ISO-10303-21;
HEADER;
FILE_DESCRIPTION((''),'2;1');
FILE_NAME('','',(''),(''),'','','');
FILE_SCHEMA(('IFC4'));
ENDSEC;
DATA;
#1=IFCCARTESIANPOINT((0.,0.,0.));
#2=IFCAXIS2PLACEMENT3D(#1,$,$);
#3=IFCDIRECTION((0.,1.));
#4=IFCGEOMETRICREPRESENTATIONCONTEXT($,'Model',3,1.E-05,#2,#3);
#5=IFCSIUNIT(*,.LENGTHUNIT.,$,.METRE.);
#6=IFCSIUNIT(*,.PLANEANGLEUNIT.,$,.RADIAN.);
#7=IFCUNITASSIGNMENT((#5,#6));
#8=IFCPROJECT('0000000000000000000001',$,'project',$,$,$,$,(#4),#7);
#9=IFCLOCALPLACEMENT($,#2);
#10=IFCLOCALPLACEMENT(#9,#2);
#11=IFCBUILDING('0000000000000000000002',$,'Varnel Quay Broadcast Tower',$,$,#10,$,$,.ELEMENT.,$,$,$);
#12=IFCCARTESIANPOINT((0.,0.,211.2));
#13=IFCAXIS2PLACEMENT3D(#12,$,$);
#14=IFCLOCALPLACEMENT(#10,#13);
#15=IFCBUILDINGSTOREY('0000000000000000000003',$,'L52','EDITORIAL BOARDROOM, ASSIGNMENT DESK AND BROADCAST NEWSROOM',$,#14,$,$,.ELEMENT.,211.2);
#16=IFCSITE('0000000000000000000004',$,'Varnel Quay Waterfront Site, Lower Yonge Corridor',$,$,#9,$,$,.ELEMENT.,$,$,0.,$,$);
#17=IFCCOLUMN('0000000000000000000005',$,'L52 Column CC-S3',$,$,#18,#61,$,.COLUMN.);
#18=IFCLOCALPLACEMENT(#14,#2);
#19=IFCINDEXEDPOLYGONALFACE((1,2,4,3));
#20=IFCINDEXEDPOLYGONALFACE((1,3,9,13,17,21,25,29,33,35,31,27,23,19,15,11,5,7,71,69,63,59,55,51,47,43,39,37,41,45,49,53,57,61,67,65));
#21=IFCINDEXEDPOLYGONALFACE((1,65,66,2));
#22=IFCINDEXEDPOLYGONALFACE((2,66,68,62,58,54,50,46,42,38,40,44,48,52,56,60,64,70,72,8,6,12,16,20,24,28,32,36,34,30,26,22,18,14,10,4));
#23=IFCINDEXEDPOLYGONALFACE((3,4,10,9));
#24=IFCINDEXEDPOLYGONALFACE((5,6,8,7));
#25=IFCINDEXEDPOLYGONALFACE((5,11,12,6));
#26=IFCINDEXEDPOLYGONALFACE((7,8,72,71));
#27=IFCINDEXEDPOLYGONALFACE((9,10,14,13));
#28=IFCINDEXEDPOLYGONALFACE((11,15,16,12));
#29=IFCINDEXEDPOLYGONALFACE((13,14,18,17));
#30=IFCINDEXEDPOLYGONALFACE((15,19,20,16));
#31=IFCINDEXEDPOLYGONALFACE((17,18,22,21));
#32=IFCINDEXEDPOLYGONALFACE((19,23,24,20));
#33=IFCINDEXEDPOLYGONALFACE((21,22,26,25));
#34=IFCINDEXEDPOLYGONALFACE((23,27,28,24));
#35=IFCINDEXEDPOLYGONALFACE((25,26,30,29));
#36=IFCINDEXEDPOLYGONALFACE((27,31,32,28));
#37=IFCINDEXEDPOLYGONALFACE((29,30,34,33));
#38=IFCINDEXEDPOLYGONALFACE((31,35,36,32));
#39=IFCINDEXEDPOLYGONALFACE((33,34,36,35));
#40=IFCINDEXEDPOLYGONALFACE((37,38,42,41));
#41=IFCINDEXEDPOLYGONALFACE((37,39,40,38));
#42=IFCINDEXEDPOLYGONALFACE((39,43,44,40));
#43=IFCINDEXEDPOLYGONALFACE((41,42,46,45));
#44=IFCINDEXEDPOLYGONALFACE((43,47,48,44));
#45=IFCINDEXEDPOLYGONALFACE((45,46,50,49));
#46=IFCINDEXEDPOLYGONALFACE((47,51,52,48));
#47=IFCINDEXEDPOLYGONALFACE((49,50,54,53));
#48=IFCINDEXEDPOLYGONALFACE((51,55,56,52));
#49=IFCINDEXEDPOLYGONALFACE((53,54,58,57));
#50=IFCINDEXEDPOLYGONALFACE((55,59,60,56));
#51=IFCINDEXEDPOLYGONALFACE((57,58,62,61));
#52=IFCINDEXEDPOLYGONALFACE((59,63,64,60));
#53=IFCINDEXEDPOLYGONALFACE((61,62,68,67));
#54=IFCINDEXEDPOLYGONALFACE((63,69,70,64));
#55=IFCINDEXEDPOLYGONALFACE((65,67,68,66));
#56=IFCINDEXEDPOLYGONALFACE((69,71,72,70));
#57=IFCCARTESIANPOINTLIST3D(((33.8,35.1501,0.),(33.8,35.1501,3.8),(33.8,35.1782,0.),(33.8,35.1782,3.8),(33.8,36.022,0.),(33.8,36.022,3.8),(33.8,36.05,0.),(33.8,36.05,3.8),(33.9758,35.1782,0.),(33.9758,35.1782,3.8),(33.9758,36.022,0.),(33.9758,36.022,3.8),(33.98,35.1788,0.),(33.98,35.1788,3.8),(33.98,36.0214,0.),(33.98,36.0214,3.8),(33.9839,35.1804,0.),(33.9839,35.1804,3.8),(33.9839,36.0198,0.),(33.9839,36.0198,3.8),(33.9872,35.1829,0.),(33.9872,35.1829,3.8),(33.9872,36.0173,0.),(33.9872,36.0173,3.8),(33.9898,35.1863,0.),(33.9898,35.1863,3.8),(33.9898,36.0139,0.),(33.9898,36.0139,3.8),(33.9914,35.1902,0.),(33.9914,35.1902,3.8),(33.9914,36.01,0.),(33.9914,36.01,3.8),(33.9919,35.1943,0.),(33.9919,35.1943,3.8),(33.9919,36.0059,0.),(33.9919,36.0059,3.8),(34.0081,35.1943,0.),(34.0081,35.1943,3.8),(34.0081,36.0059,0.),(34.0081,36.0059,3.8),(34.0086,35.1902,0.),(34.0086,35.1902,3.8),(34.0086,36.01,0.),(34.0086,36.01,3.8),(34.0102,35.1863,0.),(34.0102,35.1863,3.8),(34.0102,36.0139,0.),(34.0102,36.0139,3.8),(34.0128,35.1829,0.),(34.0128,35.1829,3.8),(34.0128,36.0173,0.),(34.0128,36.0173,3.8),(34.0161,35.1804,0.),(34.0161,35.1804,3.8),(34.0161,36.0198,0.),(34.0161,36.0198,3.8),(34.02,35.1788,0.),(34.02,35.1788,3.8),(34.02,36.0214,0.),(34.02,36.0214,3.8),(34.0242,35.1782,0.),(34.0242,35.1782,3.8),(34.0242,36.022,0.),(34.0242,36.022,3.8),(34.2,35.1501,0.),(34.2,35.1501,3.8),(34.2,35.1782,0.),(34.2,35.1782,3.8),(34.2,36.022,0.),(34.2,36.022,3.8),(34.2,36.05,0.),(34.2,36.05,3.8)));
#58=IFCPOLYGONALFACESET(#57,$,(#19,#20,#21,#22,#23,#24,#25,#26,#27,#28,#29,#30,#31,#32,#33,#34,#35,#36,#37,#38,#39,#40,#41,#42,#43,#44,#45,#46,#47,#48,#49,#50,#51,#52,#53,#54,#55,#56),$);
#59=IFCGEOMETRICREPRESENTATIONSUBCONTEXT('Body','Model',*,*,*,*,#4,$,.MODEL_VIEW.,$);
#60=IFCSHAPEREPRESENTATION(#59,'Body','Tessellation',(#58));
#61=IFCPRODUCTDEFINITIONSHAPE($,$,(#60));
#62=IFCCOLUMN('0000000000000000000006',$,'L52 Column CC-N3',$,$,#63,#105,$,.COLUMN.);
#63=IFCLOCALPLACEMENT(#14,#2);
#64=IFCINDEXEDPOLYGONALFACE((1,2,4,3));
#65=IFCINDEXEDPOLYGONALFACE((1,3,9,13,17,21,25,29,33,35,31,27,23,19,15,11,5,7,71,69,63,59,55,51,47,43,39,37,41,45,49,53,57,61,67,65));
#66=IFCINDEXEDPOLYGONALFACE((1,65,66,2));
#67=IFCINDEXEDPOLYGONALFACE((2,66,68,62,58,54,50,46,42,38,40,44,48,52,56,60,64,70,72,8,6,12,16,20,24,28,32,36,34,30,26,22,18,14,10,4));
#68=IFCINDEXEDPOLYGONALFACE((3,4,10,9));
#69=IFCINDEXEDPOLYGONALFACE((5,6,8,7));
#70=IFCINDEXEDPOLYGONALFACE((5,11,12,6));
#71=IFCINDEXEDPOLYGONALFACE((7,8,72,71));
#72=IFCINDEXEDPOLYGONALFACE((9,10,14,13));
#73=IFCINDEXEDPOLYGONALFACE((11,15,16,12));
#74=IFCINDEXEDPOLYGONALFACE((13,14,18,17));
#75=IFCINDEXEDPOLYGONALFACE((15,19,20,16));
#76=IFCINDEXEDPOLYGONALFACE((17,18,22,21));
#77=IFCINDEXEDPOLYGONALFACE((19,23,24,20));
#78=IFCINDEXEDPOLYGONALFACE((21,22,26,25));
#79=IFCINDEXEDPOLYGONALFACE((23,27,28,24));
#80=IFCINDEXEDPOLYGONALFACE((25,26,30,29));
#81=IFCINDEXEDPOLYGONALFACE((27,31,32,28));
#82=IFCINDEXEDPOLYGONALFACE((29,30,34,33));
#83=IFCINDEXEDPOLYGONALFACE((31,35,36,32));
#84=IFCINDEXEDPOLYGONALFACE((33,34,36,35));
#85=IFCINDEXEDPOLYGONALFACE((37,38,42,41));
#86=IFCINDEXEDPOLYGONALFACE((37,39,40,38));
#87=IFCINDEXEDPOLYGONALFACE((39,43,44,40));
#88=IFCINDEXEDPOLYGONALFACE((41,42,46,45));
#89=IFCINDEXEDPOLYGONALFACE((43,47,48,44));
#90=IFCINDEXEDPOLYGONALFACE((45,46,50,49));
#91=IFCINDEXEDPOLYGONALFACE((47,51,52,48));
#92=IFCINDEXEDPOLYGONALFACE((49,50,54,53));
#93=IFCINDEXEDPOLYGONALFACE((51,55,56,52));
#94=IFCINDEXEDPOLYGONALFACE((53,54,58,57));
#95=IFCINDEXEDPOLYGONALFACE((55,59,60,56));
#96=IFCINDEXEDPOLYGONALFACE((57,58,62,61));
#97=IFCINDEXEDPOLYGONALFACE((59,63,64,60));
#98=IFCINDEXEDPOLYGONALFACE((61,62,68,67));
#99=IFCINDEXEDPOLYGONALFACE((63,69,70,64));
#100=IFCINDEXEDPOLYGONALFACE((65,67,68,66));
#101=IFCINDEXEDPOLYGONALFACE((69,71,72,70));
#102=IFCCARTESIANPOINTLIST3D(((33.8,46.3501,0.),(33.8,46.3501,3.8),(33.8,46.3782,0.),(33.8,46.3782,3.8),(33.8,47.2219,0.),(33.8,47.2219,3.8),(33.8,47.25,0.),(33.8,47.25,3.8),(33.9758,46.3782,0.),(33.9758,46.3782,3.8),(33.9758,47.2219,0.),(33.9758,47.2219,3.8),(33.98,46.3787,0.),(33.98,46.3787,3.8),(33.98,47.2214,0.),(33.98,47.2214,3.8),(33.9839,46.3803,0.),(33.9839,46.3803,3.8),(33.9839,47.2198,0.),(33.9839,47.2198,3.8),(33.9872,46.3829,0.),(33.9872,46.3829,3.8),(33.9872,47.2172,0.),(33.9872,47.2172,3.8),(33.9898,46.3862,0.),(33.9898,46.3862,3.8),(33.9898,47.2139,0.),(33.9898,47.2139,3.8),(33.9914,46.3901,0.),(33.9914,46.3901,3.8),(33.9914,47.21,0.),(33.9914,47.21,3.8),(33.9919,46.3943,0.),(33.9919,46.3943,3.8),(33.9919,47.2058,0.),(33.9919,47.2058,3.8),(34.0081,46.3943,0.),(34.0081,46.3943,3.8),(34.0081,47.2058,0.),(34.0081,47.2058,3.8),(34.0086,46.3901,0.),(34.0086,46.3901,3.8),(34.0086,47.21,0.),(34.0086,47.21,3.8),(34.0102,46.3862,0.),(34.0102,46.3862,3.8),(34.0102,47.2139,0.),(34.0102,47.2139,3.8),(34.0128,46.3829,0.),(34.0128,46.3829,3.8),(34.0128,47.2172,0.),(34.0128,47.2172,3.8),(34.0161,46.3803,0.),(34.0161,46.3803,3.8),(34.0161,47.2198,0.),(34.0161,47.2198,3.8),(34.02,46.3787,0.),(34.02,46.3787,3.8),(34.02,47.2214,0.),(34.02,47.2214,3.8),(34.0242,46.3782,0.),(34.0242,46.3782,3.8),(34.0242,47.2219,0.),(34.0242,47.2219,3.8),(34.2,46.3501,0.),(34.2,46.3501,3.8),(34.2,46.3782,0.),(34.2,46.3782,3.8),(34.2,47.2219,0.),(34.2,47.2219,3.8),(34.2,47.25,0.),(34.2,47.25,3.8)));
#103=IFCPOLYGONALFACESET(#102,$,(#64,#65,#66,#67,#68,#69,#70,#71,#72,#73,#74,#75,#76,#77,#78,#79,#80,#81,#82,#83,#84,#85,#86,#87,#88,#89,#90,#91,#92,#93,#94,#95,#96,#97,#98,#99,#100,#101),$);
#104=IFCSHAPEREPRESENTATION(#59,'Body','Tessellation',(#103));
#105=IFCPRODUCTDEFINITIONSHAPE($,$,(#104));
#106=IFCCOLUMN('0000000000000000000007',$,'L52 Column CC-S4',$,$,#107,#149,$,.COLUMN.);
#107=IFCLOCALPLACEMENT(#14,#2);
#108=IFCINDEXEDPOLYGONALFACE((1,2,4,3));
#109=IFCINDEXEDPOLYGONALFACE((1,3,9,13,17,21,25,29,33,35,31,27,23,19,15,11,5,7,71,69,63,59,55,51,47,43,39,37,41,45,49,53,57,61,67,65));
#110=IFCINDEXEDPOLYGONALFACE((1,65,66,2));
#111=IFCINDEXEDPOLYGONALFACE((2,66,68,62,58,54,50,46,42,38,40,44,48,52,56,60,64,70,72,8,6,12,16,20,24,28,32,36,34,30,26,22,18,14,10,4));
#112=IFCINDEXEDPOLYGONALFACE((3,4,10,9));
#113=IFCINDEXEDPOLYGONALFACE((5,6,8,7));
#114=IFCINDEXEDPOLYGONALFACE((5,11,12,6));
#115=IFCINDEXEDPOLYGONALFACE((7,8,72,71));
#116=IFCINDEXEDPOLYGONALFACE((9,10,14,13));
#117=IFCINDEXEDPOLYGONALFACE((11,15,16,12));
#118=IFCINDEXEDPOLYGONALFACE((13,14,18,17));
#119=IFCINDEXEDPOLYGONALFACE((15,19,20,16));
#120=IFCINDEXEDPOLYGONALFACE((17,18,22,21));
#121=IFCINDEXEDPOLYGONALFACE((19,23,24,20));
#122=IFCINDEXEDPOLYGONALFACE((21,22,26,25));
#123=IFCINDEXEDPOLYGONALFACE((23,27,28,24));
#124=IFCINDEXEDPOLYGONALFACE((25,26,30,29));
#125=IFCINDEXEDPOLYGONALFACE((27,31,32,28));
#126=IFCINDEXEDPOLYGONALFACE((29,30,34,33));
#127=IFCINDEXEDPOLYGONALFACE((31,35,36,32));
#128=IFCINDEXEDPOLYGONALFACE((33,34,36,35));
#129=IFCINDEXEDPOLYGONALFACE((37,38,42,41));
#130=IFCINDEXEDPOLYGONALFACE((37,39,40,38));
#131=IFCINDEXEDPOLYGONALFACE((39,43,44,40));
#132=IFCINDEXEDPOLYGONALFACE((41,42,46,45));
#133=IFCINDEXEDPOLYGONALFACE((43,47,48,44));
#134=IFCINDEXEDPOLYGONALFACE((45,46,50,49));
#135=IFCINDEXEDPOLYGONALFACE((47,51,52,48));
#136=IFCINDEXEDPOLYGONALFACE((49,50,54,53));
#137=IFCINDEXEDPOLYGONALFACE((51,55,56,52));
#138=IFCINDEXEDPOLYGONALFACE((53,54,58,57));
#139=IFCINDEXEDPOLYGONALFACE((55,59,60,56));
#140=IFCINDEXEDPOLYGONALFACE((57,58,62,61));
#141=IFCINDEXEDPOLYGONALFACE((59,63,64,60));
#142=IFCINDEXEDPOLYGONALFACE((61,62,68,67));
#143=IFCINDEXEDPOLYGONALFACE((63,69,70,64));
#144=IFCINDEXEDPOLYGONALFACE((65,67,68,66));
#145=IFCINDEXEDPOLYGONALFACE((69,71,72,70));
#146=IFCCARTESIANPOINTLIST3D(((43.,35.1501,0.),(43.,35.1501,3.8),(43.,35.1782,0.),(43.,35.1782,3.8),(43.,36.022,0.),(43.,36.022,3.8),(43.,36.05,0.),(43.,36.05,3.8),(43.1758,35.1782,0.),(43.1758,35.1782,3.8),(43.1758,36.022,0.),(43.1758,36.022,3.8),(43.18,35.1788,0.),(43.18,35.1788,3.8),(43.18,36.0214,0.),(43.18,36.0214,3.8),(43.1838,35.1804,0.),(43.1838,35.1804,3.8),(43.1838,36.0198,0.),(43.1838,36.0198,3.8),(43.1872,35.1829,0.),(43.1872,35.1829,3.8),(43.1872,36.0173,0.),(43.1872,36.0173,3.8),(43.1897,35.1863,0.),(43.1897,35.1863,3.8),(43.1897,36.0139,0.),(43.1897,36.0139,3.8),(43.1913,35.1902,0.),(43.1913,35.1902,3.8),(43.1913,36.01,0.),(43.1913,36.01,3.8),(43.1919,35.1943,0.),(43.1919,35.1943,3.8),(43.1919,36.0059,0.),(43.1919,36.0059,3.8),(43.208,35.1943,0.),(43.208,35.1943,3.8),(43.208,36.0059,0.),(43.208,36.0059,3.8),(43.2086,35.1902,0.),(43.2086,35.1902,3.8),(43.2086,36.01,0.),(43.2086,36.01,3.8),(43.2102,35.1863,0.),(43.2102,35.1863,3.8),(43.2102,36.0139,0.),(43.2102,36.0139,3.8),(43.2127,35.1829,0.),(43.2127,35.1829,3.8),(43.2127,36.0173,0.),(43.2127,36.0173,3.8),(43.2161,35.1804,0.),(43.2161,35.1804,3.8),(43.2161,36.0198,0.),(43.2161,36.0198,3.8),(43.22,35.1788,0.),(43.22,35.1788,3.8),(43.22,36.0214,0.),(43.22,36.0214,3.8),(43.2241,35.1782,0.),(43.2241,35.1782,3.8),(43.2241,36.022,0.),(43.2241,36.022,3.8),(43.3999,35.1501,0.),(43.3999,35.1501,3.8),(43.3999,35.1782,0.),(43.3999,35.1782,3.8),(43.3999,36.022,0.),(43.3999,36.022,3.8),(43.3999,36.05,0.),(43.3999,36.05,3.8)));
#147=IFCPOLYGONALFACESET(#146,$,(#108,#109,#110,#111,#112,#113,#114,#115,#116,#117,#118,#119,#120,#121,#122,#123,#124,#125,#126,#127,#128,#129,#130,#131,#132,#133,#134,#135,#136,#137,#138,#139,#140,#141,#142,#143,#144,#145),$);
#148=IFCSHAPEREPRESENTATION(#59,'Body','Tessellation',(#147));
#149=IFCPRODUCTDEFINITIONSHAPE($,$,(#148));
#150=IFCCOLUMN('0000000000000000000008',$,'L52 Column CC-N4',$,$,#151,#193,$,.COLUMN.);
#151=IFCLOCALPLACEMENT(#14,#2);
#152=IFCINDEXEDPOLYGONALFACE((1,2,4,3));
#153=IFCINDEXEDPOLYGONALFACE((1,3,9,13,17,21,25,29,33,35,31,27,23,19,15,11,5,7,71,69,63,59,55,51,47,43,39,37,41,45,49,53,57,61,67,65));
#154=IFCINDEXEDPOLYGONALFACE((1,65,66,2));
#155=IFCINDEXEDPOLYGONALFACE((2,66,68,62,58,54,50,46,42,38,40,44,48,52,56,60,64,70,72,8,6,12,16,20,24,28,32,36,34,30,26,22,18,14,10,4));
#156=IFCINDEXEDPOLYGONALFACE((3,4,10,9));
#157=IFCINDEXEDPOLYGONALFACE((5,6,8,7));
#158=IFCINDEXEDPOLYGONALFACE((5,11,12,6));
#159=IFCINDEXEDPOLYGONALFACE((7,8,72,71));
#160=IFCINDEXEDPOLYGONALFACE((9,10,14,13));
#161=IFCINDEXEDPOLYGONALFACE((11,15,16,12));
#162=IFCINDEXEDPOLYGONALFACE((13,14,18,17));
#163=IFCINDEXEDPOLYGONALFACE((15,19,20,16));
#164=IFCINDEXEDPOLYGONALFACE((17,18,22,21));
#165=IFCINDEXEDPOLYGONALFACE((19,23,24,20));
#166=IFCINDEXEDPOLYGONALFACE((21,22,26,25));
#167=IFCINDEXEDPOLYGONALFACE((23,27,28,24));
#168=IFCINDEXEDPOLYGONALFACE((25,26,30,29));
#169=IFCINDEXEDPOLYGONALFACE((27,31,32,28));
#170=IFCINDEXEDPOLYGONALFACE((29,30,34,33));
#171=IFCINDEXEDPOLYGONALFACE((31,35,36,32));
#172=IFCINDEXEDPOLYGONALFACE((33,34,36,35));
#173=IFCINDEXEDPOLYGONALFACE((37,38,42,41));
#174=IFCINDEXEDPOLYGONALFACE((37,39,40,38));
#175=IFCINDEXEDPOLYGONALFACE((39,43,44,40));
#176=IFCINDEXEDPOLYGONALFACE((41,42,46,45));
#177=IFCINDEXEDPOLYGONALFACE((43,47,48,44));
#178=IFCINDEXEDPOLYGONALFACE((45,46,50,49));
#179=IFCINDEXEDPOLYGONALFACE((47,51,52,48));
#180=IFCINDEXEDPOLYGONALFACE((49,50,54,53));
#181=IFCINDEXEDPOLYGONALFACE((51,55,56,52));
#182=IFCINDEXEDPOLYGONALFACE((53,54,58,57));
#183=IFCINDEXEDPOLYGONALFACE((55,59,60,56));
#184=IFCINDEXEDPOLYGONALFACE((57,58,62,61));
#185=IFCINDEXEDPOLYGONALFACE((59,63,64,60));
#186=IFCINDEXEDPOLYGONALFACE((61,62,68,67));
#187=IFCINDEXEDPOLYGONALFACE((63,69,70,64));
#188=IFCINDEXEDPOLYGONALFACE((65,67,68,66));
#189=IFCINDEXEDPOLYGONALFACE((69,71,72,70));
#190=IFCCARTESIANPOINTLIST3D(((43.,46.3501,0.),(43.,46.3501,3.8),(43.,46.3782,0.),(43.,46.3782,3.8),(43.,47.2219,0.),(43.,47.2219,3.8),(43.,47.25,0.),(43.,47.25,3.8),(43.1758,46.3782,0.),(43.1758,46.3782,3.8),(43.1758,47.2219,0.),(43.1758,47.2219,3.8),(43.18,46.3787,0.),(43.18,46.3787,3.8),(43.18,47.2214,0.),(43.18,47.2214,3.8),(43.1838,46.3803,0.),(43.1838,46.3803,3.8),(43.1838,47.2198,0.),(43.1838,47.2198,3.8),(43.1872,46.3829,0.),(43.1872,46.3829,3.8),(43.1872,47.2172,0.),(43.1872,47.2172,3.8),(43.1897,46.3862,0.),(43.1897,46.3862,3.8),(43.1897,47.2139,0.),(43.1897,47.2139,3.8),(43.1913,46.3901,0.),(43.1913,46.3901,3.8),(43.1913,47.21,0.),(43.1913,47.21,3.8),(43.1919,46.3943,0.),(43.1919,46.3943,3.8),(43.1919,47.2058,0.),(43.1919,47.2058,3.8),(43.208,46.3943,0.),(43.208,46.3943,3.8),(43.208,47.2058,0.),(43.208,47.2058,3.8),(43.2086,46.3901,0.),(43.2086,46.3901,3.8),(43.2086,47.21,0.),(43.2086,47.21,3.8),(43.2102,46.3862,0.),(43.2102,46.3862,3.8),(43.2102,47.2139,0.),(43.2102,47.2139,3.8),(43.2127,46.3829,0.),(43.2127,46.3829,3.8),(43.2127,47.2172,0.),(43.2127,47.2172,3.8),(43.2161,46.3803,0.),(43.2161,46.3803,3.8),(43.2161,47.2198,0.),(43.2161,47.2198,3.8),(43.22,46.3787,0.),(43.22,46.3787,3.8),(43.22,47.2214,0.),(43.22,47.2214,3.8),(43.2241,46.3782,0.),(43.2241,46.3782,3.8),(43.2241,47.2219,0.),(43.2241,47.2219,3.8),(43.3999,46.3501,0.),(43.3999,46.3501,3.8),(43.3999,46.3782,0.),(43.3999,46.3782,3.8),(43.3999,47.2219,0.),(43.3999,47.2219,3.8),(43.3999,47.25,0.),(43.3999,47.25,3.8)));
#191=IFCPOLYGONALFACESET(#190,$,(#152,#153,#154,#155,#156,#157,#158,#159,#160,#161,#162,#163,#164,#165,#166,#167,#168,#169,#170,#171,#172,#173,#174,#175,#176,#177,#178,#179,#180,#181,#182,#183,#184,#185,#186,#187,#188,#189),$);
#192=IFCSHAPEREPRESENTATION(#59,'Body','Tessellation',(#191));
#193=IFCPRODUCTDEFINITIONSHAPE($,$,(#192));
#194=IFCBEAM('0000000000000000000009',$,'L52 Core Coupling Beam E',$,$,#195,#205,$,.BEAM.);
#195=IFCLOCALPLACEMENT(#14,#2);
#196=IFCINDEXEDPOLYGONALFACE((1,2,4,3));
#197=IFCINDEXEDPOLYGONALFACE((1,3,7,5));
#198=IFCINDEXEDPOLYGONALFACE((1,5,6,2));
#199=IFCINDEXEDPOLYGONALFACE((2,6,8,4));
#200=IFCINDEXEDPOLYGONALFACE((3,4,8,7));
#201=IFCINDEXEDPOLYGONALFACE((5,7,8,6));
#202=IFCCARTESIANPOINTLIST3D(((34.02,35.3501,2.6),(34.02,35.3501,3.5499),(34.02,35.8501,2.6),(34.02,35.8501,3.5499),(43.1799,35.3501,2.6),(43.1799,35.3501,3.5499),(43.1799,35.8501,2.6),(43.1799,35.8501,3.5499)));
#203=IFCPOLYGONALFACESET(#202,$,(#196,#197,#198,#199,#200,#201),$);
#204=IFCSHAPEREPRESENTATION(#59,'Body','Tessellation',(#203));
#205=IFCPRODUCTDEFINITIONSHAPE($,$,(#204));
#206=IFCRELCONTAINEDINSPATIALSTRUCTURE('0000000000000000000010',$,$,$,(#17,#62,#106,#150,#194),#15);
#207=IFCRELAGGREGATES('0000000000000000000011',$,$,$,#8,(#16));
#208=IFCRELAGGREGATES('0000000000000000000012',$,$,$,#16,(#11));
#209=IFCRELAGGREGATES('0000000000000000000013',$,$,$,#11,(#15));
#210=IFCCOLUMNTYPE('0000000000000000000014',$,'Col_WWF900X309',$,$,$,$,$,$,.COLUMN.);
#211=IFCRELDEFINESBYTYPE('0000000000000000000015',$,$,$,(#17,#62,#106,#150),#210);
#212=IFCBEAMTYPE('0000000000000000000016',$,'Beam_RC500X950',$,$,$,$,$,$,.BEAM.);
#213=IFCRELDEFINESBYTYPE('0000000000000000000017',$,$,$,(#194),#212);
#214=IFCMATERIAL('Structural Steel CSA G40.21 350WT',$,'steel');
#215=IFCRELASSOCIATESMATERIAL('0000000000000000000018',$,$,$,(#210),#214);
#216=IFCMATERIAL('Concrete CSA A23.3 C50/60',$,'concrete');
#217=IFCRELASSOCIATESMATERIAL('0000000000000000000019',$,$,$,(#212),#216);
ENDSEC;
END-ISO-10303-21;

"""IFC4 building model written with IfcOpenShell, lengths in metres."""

from ifc_helpers import new_model, si_unit, direction, frame, origin, origin_2d, place, context, subcontext, project, spatial, rectangle, i_section, extrude, source, transform, mapped, material, material_profile, profile_set, type_object, type_shapes, element, save


model = new_model("IFC4")

# Units and contexts
model_context = context("Model", 3, precision=1e-05, world=origin(), true_north=direction((0.0, 1.0)))
body_context = subcontext(model_context, "Body", "Model", "MODEL_VIEW")
ifc_project = project(units=[si_unit("LENGTHUNIT", "METRE"), si_unit("PLANEANGLEUNIT", "RADIAN")], contexts=[model_context])

# Site, building, storey
site_placement = place(None, origin())
site = spatial("IfcSite", under=ifc_project, at=site_placement, Name="Varnel Quay Waterfront Site, Lower Yonge Corridor", CompositionType="ELEMENT", RefElevation=0.0)
building_placement = place(site_placement, origin())
building = spatial("IfcBuilding", under=site, at=building_placement, Name="Varnel Quay Broadcast Tower", CompositionType="ELEMENT")
storey_placement = place(building_placement, frame((0.0, 0.0, 211.2)))
storey = spatial("IfcBuildingStorey", under=building, at=storey_placement, Name="L52", Description="EDITORIAL BOARDROOM, ASSIGNMENT DESK AND BROADCAST NEWSROOM", CompositionType="ELEMENT", Elevation=211.2)

# Columns
ifc_material_1 = material(Name="Structural Steel CSA G40.21 350WT", Category="steel")
ifc_material_profile_1 = material_profile(ifc_material_1, i_section(OverallWidth=0.3999, OverallDepth=0.8999, WebThickness=0.0161, FlangeThickness=0.0281, FilletRadius=0.0161, at=origin_2d()), Name="WWF900X309")
ifc_profile_set_1 = profile_set([ifc_material_profile_1], Name="Structural Steel CSA G40.21 350WT")
column_type = type_object("IfcColumnType", Name="Col_WWF900X309", PredefinedType="COLUMN", material=ifc_profile_set_1)
shared_shape_1 = source(origin(), body_context, "Body", "SweptSolid", [
    extrude(i_section(OverallWidth=0.3999, OverallDepth=0.8999, WebThickness=0.0161, FlangeThickness=0.0281, FilletRadius=0.0161, at=origin_2d()), origin(), (0.0, 0.0, 1.0), 3.8),
])
type_shapes(column_type, [shared_shape_1])
for number, where, z_axis, x_axis, name in (
    (1, (34.0, 35.6001, 0.0), (0.0, 0.0, 1.0), (1.0, 0.0, 0.0), "L52 Column CC-S3"),
    (2, (34.0, 46.8, 0.0), (0.0, 0.0, 1.0), (1.0, 0.0, 0.0), "L52 Column CC-N3"),
    (3, (43.2, 35.6001, 0.0), (0.0, 0.0, 1.0), (1.0, 0.0, 0.0), "L52 Column CC-S4"),
    (4, (43.2, 46.8, 0.0), (0.0, 0.0, 1.0), (1.0, 0.0, 0.0), "L52 Column CC-N4"),
):
    element("IfcColumn", number, at=place(storey_placement, frame(where, z_axis=z_axis, x_axis=x_axis)), inside=storey, type_object=column_type, Name=name, PredefinedType="COLUMN", context=body_context, shape_type="MappedRepresentation", body=[
        mapped(shared_shape_1, transform((0.0, 0.0, 0.0), x_axis=(1.0, 0.0, 0.0), y_axis=(0.0, 1.0, 0.0), z_axis=(0.0, 0.0, 1.0), scale=1.0)),
    ])

# Beam
ifc_material_2 = material(Name="Concrete CSA A23.3 C50/60", Category="concrete")
ifc_material_profile_2 = material_profile(ifc_material_2, rectangle(XDim=0.5, YDim=0.95, at=origin_2d()), Name="RC500X950")
ifc_profile_set_2 = profile_set([ifc_material_profile_2], Name="Concrete CSA A23.3 C50/60")
beam_type_1 = type_object("IfcBeamType", Name="Beam_RC500X950", PredefinedType="BEAM", material=ifc_profile_set_2)
shared_shape_2 = source(origin(), body_context, "Body", "SweptSolid", [
    extrude(rectangle(XDim=0.5, YDim=0.95, at=origin_2d()), origin(), (0.0, 0.0, 1.0), 9.1599),
])
type_shapes(beam_type_1, [shared_shape_2])
beam_1_placement = place(storey_placement, frame((34.02, 35.6001, 3.075), z_axis=(1.0, 0.0, 0.0), x_axis=(0.0, 1.0, 0.0)))
element("IfcBeam", 5, at=beam_1_placement, inside=storey, type_object=beam_type_1, Name="L52 Core Coupling Beam E", PredefinedType="BEAM", context=body_context, shape_type="MappedRepresentation", body=[
    mapped(shared_shape_2, transform((0.0, 0.0, 0.0), x_axis=(1.0, 0.0, 0.0), y_axis=(0.0, 1.0, 0.0), z_axis=(0.0, 0.0, 1.0), scale=1.0)),
])

save(model, "model.ifc")
